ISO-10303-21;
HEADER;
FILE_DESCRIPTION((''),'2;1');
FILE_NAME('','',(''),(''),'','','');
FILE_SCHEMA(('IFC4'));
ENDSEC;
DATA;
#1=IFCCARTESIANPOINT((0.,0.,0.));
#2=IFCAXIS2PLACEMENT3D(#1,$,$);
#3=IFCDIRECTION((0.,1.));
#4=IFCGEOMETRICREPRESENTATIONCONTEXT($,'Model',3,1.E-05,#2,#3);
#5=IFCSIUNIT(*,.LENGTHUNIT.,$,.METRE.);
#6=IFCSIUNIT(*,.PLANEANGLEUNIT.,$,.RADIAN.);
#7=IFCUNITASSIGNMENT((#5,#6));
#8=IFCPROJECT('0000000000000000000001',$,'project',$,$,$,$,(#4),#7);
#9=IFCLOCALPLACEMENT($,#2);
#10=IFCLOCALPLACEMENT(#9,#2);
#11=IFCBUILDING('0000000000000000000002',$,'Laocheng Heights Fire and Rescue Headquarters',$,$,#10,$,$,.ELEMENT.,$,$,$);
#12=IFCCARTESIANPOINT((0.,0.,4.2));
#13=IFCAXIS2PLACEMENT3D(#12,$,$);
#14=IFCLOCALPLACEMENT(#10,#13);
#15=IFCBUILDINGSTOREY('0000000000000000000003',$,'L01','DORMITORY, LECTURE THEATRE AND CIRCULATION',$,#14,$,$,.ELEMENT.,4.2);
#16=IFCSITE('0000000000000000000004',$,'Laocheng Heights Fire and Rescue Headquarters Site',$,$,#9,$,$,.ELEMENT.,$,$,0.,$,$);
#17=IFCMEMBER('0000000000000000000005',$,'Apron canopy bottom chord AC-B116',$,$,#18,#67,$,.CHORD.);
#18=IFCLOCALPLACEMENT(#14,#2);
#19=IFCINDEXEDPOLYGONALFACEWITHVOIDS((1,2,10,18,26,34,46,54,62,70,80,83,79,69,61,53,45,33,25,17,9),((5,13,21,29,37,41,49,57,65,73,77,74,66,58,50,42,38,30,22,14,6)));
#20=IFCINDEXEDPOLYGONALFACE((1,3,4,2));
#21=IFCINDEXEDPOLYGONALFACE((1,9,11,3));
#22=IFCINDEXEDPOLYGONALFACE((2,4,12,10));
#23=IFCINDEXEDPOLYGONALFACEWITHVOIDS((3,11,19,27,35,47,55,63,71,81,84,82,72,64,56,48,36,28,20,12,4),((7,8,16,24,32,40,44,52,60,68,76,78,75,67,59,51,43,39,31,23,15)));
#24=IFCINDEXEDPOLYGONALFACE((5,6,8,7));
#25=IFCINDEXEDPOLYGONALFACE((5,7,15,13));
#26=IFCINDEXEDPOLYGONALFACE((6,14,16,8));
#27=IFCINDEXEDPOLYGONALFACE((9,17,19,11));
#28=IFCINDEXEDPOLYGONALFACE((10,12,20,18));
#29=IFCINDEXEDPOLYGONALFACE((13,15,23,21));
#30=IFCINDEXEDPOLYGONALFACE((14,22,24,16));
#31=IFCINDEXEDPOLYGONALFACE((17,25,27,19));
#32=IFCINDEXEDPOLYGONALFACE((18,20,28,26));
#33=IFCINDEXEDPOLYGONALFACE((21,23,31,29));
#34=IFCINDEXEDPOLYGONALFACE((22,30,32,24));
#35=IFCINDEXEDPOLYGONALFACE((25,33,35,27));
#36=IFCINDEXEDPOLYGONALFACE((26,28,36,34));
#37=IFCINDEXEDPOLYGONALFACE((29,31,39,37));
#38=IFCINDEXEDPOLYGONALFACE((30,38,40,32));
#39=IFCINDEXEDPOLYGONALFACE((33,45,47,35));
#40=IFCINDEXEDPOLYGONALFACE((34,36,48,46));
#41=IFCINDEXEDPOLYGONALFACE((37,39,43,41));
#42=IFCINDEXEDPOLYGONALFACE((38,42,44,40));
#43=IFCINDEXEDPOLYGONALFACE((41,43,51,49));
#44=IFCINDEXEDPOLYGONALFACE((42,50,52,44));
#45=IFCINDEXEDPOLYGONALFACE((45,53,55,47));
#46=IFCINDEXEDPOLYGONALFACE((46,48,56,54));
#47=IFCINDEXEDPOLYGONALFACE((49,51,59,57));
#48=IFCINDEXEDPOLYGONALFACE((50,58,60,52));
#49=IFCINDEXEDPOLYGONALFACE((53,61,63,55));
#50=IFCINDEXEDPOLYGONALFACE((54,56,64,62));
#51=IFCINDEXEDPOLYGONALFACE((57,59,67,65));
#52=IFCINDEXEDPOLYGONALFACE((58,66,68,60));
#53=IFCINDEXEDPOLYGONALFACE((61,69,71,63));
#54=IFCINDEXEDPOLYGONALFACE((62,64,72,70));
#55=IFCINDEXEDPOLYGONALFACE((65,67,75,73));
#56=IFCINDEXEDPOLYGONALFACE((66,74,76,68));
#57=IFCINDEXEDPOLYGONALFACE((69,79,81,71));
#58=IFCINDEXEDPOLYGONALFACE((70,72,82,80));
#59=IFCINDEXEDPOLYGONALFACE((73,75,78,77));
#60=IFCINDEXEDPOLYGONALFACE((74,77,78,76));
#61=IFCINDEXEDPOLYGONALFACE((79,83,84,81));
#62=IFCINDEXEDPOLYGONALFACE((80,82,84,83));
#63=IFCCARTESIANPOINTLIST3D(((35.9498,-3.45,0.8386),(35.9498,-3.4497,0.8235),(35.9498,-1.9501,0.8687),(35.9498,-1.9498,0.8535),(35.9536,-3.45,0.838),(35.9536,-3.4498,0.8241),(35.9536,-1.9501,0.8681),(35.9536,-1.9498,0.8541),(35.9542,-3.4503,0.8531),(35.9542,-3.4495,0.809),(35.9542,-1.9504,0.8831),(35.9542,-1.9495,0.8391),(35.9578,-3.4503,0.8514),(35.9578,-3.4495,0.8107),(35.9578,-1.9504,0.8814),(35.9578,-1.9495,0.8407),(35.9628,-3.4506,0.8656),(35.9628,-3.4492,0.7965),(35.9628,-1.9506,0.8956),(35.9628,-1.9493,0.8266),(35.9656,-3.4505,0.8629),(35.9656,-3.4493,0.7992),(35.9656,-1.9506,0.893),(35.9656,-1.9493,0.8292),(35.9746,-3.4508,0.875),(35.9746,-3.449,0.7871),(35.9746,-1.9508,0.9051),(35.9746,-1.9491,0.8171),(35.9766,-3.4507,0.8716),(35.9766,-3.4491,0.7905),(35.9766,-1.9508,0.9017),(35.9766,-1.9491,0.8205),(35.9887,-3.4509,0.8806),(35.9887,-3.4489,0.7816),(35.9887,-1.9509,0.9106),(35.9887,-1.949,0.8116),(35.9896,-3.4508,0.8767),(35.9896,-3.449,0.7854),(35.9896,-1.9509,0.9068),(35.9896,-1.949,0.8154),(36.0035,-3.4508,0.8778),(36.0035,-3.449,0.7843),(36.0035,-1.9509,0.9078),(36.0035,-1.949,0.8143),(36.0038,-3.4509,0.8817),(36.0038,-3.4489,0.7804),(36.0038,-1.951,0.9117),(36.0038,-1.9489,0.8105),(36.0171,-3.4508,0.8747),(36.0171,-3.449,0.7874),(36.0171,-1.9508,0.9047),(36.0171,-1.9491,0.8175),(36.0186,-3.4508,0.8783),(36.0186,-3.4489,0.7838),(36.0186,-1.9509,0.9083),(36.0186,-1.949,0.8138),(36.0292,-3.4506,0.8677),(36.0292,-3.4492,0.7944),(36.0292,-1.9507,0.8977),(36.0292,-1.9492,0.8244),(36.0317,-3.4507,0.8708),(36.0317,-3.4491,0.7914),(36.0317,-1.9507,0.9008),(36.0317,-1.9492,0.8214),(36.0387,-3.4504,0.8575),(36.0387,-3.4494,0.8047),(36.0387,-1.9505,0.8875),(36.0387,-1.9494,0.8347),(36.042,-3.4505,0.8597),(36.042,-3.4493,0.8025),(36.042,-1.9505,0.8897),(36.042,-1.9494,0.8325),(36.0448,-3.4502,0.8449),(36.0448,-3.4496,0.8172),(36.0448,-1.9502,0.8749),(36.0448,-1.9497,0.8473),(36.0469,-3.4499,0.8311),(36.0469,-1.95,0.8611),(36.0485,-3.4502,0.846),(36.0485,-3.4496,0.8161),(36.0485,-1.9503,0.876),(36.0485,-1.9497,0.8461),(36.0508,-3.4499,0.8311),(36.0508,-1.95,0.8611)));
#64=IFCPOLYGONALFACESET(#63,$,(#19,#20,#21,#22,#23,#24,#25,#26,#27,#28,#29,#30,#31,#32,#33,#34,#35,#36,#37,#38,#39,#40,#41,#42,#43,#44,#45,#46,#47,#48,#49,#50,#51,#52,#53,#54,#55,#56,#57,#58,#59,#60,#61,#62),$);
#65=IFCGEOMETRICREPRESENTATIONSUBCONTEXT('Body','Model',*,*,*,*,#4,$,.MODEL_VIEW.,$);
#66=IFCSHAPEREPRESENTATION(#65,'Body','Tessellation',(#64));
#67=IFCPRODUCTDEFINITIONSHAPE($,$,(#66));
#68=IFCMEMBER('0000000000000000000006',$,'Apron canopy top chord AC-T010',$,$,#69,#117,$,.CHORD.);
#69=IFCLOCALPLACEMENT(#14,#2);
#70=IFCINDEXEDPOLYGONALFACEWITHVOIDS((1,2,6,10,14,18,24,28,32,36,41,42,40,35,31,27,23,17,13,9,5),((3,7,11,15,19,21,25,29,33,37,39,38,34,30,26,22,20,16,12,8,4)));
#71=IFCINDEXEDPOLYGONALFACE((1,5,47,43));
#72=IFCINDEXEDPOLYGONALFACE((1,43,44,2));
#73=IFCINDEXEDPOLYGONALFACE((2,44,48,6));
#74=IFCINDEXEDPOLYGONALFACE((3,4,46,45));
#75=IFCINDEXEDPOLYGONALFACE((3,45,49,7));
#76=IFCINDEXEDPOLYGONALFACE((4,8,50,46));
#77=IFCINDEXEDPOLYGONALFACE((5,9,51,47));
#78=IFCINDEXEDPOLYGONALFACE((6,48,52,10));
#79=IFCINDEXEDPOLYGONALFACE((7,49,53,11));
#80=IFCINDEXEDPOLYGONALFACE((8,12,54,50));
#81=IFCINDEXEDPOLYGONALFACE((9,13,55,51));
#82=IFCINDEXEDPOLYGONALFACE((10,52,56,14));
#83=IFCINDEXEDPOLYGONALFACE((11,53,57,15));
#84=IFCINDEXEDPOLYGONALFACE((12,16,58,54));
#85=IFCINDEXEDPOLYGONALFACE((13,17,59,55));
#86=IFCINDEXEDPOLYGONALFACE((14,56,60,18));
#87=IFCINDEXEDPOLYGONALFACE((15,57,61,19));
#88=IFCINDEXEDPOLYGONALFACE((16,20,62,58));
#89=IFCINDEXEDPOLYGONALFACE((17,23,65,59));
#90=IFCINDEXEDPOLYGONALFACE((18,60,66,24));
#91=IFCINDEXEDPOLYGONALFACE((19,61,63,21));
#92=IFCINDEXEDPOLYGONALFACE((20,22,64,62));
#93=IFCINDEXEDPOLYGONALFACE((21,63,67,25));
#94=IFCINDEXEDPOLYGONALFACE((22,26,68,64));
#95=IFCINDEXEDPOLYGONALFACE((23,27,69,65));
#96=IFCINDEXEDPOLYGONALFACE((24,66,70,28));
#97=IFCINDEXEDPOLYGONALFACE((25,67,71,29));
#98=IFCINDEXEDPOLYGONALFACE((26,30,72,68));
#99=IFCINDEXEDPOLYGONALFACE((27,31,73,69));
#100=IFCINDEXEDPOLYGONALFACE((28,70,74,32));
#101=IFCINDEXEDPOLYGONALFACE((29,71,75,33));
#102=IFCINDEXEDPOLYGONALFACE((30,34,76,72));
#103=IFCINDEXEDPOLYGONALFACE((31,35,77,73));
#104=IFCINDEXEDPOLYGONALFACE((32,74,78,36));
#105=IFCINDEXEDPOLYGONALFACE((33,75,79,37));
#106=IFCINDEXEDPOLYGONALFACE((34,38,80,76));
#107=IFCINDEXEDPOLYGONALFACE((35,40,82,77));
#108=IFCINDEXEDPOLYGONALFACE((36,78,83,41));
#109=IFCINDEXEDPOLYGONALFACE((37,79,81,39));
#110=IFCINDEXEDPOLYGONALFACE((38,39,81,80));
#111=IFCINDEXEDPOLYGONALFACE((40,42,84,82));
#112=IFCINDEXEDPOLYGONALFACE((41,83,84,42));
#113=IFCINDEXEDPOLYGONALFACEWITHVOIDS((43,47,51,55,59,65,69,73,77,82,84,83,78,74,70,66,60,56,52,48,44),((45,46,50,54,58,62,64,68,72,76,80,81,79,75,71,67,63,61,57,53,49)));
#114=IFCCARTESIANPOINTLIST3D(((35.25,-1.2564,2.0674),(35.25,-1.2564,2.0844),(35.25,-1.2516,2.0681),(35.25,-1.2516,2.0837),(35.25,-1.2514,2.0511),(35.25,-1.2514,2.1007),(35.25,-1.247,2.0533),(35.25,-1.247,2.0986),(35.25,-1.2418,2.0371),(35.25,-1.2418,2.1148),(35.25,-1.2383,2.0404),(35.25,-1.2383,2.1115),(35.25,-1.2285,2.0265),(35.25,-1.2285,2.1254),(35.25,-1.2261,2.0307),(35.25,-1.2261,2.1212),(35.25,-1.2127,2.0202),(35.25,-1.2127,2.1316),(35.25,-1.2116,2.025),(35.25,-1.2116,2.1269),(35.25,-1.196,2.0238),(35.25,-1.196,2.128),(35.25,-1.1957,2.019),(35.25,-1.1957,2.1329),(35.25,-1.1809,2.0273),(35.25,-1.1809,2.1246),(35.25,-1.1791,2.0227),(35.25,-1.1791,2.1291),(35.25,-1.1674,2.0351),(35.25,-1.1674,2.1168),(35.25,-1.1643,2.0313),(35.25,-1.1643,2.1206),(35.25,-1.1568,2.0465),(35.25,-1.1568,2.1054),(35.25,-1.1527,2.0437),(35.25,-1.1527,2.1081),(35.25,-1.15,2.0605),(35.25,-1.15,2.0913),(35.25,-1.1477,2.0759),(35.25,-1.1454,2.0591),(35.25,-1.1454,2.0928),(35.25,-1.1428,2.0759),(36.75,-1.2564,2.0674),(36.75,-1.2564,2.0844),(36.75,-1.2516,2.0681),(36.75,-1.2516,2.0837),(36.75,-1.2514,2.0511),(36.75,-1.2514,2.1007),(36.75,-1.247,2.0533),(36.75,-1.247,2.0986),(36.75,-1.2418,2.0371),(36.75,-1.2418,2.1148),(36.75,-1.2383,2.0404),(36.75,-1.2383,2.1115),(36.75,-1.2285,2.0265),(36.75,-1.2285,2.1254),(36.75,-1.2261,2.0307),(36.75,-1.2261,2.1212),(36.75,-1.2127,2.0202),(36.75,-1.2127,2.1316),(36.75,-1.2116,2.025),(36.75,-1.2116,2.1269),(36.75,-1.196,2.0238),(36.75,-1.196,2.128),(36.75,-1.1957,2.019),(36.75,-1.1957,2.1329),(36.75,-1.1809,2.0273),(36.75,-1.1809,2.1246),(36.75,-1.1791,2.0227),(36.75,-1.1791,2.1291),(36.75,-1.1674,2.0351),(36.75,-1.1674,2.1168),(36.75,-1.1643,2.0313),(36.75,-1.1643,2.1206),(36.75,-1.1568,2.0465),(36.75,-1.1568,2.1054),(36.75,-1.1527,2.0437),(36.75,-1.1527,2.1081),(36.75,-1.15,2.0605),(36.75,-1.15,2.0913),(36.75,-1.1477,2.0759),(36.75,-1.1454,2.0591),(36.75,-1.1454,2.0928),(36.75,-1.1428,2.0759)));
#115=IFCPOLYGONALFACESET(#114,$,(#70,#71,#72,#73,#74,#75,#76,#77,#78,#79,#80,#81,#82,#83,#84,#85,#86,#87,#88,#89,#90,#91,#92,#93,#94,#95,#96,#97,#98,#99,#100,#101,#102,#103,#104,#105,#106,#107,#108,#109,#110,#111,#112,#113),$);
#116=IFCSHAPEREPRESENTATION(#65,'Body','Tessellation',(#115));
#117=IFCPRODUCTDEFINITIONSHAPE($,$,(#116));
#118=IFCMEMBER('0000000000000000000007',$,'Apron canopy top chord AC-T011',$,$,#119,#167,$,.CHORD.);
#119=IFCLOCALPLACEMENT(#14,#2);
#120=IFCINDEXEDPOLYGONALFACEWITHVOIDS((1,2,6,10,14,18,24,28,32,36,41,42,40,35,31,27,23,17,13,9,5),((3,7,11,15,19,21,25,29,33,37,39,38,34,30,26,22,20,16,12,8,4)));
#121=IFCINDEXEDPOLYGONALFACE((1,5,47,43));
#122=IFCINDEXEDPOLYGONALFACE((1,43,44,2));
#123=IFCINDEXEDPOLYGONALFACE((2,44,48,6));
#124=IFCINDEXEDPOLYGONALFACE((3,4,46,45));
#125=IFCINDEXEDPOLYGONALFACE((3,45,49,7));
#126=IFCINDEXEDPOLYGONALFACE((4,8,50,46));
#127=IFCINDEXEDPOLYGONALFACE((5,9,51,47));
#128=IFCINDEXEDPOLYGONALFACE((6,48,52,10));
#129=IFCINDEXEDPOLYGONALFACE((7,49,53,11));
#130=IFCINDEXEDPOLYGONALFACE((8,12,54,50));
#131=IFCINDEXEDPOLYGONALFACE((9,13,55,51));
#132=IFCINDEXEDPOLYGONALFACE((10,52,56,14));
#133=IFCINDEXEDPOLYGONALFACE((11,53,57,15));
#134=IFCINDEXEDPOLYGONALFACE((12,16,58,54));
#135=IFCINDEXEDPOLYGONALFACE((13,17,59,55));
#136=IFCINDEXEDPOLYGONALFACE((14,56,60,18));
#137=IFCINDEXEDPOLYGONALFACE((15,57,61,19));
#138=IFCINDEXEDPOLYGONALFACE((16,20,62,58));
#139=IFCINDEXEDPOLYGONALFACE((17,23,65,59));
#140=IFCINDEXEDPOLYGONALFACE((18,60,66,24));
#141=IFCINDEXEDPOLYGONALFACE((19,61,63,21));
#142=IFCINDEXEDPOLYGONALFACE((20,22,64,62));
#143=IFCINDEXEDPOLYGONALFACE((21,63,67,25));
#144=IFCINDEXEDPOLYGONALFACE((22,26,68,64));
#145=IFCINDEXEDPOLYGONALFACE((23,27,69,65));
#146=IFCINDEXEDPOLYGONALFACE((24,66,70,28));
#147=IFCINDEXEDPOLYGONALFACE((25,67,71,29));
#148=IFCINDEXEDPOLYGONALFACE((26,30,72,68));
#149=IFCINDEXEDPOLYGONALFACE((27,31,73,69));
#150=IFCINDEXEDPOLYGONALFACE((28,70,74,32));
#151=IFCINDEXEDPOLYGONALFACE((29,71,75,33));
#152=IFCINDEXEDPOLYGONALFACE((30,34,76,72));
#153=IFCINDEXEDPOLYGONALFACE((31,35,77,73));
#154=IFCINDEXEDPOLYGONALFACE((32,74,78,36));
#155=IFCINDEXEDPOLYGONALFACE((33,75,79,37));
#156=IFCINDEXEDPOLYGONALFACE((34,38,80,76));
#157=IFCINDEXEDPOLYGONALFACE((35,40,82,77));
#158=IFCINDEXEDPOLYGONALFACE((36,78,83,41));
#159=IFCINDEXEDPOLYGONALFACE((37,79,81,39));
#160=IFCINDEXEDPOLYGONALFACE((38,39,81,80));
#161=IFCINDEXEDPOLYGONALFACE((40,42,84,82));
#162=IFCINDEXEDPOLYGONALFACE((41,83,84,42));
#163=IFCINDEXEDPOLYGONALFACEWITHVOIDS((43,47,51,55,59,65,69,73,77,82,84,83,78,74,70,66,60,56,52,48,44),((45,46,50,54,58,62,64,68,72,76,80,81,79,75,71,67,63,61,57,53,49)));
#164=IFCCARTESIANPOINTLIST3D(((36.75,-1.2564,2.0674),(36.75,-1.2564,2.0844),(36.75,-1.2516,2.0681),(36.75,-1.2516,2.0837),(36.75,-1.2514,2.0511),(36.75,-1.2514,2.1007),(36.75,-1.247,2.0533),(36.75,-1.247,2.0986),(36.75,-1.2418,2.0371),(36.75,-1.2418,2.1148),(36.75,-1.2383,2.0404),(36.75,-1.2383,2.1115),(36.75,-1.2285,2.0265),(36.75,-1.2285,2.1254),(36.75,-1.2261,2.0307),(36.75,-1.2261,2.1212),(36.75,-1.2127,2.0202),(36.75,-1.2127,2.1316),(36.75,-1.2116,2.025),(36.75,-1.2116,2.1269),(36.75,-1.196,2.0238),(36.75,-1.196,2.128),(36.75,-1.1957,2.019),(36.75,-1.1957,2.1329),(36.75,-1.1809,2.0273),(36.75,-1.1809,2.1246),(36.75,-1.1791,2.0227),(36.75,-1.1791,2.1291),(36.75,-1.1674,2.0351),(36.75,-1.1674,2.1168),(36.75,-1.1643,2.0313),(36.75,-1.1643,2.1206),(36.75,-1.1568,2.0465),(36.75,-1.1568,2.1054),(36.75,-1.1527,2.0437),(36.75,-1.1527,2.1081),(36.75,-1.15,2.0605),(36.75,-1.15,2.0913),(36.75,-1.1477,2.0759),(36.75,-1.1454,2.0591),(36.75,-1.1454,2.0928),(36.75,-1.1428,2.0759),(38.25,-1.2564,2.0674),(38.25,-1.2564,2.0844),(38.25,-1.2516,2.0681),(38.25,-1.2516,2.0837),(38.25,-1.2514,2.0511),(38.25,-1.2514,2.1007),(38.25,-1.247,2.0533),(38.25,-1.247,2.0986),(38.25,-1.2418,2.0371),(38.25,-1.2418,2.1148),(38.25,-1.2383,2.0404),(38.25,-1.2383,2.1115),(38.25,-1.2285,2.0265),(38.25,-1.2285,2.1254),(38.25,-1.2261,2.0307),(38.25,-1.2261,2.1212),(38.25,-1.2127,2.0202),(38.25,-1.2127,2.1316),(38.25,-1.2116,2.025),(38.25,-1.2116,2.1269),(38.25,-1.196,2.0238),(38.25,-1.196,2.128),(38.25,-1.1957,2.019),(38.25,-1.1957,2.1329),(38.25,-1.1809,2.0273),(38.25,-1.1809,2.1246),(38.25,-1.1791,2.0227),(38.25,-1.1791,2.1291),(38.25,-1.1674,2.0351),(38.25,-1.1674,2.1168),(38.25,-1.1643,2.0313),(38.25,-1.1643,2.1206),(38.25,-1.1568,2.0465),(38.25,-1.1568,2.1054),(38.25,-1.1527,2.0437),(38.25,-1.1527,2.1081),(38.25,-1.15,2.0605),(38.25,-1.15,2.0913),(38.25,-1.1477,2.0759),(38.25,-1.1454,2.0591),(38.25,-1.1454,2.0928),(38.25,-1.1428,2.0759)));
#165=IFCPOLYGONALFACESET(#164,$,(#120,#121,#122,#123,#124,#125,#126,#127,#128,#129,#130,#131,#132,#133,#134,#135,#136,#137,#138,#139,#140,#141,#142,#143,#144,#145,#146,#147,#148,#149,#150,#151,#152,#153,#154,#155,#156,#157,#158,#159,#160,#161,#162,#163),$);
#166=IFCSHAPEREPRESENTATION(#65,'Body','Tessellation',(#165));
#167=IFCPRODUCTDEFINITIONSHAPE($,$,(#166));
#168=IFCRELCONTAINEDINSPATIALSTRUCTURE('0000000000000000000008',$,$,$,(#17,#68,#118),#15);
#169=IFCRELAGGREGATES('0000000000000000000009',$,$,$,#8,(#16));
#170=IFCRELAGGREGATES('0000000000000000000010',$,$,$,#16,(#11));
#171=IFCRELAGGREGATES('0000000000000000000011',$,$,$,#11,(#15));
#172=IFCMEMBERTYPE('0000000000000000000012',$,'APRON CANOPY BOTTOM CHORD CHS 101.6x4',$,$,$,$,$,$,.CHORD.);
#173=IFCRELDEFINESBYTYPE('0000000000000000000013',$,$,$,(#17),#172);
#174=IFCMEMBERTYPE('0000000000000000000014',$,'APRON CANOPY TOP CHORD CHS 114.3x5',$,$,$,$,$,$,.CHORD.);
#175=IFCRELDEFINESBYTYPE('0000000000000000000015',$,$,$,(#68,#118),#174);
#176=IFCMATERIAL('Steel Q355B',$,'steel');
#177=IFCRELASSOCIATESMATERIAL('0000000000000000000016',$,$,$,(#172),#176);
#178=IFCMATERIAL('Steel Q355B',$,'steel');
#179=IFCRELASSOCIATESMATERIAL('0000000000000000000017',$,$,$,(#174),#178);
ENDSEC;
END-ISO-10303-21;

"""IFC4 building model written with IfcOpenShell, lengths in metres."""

from ifc_helpers import new_model, si_unit, direction, frame, origin, origin_2d, place, context, subcontext, project, spatial, hollow_circle, extrude, material, material_profile, profile_set, type_object, element, save


model = new_model("IFC4")

# Units and contexts
model_context = context("Model", 3, precision=1e-05, world=origin(), true_north=direction((0.0, 1.0)))
body_context = subcontext(model_context, "Body", "Model", "MODEL_VIEW")
ifc_project = project(units=[si_unit("LENGTHUNIT", "METRE"), si_unit("PLANEANGLEUNIT", "RADIAN")], contexts=[model_context])

# Site, building, storey
site_placement = place(None, origin())
site = spatial("IfcSite", under=ifc_project, at=site_placement, Name="Laocheng Heights Fire and Rescue Headquarters Site", CompositionType="ELEMENT", RefElevation=0.0)
building_placement = place(site_placement, origin())
building = spatial("IfcBuilding", under=site, at=building_placement, Name="Laocheng Heights Fire and Rescue Headquarters", CompositionType="ELEMENT")
storey_placement = place(building_placement, frame((0.0, 0.0, 4.2)))
storey = spatial("IfcBuildingStorey", under=building, at=storey_placement, Name="L01", Description="DORMITORY, LECTURE THEATRE AND CIRCULATION", CompositionType="ELEMENT", Elevation=4.2)

# Members
ifc_material_1 = material(Name="Steel Q355B", Category="steel")
ifc_material_profile_1 = material_profile(ifc_material_1, hollow_circle(Radius=0.0508, WallThickness=0.0039, at=origin_2d()), Name="CHS 101.6x4")
ifc_profile_set_1 = profile_set([ifc_material_profile_1], Name="Steel Q355B")
member_type_1 = type_object("IfcMemberType", Name="APRON CANOPY BOTTOM CHORD CHS 101.6x4", PredefinedType="CHORD", material=ifc_profile_set_1)
for number, where, z_axis, x_axis, name in (
    (1, (36.0, -1.95, 0.8611), (0.0, -0.9998, -0.020016), (1.0, 0.0, 0.0), "Apron canopy bottom chord AC-B116"),
):
    element("IfcMember", number, at=place(storey_placement, frame(where, z_axis=z_axis, x_axis=x_axis)), inside=storey, type_object=member_type_1, Name=name, PredefinedType="CHORD", context=body_context, shape_type="SweptSolid", body=[
        extrude(hollow_circle(Radius=0.0508, WallThickness=0.0039, at=origin_2d()), origin(), (0.0, 0.0, 1.0), 1.5002),
    ])
ifc_material_2 = material(Name="Steel Q355B", Category="steel")
ifc_material_profile_2 = material_profile(ifc_material_2, hollow_circle(Radius=0.0571, WallThickness=0.0049, at=origin_2d()), Name="CHS 114.3x5")
ifc_profile_set_2 = profile_set([ifc_material_profile_2], Name="Steel Q355B")
member_type_2 = type_object("IfcMemberType", Name="APRON CANOPY TOP CHORD CHS 114.3x5", PredefinedType="CHORD", material=ifc_profile_set_2)
for number, where, z_axis, x_axis, name in (
    (2, (35.25, -1.2, 2.0759), (1.0, 0.0, 0.0), (0.0, 1.0, 0.0), "Apron canopy top chord AC-T010"),
    (3, (36.75, -1.2, 2.0759), (1.0, 0.0, 0.0), (0.0, 1.0, 0.0), "Apron canopy top chord AC-T011"),
):
    element("IfcMember", number, at=place(storey_placement, frame(where, z_axis=z_axis, x_axis=x_axis)), inside=storey, type_object=member_type_2, Name=name, PredefinedType="CHORD", context=body_context, shape_type="SweptSolid", body=[
        extrude(hollow_circle(Radius=0.0571, WallThickness=0.0049, at=origin_2d()), origin(), (0.0, 0.0, 1.0), 1.5),
    ])

save(model, "model.ifc")
